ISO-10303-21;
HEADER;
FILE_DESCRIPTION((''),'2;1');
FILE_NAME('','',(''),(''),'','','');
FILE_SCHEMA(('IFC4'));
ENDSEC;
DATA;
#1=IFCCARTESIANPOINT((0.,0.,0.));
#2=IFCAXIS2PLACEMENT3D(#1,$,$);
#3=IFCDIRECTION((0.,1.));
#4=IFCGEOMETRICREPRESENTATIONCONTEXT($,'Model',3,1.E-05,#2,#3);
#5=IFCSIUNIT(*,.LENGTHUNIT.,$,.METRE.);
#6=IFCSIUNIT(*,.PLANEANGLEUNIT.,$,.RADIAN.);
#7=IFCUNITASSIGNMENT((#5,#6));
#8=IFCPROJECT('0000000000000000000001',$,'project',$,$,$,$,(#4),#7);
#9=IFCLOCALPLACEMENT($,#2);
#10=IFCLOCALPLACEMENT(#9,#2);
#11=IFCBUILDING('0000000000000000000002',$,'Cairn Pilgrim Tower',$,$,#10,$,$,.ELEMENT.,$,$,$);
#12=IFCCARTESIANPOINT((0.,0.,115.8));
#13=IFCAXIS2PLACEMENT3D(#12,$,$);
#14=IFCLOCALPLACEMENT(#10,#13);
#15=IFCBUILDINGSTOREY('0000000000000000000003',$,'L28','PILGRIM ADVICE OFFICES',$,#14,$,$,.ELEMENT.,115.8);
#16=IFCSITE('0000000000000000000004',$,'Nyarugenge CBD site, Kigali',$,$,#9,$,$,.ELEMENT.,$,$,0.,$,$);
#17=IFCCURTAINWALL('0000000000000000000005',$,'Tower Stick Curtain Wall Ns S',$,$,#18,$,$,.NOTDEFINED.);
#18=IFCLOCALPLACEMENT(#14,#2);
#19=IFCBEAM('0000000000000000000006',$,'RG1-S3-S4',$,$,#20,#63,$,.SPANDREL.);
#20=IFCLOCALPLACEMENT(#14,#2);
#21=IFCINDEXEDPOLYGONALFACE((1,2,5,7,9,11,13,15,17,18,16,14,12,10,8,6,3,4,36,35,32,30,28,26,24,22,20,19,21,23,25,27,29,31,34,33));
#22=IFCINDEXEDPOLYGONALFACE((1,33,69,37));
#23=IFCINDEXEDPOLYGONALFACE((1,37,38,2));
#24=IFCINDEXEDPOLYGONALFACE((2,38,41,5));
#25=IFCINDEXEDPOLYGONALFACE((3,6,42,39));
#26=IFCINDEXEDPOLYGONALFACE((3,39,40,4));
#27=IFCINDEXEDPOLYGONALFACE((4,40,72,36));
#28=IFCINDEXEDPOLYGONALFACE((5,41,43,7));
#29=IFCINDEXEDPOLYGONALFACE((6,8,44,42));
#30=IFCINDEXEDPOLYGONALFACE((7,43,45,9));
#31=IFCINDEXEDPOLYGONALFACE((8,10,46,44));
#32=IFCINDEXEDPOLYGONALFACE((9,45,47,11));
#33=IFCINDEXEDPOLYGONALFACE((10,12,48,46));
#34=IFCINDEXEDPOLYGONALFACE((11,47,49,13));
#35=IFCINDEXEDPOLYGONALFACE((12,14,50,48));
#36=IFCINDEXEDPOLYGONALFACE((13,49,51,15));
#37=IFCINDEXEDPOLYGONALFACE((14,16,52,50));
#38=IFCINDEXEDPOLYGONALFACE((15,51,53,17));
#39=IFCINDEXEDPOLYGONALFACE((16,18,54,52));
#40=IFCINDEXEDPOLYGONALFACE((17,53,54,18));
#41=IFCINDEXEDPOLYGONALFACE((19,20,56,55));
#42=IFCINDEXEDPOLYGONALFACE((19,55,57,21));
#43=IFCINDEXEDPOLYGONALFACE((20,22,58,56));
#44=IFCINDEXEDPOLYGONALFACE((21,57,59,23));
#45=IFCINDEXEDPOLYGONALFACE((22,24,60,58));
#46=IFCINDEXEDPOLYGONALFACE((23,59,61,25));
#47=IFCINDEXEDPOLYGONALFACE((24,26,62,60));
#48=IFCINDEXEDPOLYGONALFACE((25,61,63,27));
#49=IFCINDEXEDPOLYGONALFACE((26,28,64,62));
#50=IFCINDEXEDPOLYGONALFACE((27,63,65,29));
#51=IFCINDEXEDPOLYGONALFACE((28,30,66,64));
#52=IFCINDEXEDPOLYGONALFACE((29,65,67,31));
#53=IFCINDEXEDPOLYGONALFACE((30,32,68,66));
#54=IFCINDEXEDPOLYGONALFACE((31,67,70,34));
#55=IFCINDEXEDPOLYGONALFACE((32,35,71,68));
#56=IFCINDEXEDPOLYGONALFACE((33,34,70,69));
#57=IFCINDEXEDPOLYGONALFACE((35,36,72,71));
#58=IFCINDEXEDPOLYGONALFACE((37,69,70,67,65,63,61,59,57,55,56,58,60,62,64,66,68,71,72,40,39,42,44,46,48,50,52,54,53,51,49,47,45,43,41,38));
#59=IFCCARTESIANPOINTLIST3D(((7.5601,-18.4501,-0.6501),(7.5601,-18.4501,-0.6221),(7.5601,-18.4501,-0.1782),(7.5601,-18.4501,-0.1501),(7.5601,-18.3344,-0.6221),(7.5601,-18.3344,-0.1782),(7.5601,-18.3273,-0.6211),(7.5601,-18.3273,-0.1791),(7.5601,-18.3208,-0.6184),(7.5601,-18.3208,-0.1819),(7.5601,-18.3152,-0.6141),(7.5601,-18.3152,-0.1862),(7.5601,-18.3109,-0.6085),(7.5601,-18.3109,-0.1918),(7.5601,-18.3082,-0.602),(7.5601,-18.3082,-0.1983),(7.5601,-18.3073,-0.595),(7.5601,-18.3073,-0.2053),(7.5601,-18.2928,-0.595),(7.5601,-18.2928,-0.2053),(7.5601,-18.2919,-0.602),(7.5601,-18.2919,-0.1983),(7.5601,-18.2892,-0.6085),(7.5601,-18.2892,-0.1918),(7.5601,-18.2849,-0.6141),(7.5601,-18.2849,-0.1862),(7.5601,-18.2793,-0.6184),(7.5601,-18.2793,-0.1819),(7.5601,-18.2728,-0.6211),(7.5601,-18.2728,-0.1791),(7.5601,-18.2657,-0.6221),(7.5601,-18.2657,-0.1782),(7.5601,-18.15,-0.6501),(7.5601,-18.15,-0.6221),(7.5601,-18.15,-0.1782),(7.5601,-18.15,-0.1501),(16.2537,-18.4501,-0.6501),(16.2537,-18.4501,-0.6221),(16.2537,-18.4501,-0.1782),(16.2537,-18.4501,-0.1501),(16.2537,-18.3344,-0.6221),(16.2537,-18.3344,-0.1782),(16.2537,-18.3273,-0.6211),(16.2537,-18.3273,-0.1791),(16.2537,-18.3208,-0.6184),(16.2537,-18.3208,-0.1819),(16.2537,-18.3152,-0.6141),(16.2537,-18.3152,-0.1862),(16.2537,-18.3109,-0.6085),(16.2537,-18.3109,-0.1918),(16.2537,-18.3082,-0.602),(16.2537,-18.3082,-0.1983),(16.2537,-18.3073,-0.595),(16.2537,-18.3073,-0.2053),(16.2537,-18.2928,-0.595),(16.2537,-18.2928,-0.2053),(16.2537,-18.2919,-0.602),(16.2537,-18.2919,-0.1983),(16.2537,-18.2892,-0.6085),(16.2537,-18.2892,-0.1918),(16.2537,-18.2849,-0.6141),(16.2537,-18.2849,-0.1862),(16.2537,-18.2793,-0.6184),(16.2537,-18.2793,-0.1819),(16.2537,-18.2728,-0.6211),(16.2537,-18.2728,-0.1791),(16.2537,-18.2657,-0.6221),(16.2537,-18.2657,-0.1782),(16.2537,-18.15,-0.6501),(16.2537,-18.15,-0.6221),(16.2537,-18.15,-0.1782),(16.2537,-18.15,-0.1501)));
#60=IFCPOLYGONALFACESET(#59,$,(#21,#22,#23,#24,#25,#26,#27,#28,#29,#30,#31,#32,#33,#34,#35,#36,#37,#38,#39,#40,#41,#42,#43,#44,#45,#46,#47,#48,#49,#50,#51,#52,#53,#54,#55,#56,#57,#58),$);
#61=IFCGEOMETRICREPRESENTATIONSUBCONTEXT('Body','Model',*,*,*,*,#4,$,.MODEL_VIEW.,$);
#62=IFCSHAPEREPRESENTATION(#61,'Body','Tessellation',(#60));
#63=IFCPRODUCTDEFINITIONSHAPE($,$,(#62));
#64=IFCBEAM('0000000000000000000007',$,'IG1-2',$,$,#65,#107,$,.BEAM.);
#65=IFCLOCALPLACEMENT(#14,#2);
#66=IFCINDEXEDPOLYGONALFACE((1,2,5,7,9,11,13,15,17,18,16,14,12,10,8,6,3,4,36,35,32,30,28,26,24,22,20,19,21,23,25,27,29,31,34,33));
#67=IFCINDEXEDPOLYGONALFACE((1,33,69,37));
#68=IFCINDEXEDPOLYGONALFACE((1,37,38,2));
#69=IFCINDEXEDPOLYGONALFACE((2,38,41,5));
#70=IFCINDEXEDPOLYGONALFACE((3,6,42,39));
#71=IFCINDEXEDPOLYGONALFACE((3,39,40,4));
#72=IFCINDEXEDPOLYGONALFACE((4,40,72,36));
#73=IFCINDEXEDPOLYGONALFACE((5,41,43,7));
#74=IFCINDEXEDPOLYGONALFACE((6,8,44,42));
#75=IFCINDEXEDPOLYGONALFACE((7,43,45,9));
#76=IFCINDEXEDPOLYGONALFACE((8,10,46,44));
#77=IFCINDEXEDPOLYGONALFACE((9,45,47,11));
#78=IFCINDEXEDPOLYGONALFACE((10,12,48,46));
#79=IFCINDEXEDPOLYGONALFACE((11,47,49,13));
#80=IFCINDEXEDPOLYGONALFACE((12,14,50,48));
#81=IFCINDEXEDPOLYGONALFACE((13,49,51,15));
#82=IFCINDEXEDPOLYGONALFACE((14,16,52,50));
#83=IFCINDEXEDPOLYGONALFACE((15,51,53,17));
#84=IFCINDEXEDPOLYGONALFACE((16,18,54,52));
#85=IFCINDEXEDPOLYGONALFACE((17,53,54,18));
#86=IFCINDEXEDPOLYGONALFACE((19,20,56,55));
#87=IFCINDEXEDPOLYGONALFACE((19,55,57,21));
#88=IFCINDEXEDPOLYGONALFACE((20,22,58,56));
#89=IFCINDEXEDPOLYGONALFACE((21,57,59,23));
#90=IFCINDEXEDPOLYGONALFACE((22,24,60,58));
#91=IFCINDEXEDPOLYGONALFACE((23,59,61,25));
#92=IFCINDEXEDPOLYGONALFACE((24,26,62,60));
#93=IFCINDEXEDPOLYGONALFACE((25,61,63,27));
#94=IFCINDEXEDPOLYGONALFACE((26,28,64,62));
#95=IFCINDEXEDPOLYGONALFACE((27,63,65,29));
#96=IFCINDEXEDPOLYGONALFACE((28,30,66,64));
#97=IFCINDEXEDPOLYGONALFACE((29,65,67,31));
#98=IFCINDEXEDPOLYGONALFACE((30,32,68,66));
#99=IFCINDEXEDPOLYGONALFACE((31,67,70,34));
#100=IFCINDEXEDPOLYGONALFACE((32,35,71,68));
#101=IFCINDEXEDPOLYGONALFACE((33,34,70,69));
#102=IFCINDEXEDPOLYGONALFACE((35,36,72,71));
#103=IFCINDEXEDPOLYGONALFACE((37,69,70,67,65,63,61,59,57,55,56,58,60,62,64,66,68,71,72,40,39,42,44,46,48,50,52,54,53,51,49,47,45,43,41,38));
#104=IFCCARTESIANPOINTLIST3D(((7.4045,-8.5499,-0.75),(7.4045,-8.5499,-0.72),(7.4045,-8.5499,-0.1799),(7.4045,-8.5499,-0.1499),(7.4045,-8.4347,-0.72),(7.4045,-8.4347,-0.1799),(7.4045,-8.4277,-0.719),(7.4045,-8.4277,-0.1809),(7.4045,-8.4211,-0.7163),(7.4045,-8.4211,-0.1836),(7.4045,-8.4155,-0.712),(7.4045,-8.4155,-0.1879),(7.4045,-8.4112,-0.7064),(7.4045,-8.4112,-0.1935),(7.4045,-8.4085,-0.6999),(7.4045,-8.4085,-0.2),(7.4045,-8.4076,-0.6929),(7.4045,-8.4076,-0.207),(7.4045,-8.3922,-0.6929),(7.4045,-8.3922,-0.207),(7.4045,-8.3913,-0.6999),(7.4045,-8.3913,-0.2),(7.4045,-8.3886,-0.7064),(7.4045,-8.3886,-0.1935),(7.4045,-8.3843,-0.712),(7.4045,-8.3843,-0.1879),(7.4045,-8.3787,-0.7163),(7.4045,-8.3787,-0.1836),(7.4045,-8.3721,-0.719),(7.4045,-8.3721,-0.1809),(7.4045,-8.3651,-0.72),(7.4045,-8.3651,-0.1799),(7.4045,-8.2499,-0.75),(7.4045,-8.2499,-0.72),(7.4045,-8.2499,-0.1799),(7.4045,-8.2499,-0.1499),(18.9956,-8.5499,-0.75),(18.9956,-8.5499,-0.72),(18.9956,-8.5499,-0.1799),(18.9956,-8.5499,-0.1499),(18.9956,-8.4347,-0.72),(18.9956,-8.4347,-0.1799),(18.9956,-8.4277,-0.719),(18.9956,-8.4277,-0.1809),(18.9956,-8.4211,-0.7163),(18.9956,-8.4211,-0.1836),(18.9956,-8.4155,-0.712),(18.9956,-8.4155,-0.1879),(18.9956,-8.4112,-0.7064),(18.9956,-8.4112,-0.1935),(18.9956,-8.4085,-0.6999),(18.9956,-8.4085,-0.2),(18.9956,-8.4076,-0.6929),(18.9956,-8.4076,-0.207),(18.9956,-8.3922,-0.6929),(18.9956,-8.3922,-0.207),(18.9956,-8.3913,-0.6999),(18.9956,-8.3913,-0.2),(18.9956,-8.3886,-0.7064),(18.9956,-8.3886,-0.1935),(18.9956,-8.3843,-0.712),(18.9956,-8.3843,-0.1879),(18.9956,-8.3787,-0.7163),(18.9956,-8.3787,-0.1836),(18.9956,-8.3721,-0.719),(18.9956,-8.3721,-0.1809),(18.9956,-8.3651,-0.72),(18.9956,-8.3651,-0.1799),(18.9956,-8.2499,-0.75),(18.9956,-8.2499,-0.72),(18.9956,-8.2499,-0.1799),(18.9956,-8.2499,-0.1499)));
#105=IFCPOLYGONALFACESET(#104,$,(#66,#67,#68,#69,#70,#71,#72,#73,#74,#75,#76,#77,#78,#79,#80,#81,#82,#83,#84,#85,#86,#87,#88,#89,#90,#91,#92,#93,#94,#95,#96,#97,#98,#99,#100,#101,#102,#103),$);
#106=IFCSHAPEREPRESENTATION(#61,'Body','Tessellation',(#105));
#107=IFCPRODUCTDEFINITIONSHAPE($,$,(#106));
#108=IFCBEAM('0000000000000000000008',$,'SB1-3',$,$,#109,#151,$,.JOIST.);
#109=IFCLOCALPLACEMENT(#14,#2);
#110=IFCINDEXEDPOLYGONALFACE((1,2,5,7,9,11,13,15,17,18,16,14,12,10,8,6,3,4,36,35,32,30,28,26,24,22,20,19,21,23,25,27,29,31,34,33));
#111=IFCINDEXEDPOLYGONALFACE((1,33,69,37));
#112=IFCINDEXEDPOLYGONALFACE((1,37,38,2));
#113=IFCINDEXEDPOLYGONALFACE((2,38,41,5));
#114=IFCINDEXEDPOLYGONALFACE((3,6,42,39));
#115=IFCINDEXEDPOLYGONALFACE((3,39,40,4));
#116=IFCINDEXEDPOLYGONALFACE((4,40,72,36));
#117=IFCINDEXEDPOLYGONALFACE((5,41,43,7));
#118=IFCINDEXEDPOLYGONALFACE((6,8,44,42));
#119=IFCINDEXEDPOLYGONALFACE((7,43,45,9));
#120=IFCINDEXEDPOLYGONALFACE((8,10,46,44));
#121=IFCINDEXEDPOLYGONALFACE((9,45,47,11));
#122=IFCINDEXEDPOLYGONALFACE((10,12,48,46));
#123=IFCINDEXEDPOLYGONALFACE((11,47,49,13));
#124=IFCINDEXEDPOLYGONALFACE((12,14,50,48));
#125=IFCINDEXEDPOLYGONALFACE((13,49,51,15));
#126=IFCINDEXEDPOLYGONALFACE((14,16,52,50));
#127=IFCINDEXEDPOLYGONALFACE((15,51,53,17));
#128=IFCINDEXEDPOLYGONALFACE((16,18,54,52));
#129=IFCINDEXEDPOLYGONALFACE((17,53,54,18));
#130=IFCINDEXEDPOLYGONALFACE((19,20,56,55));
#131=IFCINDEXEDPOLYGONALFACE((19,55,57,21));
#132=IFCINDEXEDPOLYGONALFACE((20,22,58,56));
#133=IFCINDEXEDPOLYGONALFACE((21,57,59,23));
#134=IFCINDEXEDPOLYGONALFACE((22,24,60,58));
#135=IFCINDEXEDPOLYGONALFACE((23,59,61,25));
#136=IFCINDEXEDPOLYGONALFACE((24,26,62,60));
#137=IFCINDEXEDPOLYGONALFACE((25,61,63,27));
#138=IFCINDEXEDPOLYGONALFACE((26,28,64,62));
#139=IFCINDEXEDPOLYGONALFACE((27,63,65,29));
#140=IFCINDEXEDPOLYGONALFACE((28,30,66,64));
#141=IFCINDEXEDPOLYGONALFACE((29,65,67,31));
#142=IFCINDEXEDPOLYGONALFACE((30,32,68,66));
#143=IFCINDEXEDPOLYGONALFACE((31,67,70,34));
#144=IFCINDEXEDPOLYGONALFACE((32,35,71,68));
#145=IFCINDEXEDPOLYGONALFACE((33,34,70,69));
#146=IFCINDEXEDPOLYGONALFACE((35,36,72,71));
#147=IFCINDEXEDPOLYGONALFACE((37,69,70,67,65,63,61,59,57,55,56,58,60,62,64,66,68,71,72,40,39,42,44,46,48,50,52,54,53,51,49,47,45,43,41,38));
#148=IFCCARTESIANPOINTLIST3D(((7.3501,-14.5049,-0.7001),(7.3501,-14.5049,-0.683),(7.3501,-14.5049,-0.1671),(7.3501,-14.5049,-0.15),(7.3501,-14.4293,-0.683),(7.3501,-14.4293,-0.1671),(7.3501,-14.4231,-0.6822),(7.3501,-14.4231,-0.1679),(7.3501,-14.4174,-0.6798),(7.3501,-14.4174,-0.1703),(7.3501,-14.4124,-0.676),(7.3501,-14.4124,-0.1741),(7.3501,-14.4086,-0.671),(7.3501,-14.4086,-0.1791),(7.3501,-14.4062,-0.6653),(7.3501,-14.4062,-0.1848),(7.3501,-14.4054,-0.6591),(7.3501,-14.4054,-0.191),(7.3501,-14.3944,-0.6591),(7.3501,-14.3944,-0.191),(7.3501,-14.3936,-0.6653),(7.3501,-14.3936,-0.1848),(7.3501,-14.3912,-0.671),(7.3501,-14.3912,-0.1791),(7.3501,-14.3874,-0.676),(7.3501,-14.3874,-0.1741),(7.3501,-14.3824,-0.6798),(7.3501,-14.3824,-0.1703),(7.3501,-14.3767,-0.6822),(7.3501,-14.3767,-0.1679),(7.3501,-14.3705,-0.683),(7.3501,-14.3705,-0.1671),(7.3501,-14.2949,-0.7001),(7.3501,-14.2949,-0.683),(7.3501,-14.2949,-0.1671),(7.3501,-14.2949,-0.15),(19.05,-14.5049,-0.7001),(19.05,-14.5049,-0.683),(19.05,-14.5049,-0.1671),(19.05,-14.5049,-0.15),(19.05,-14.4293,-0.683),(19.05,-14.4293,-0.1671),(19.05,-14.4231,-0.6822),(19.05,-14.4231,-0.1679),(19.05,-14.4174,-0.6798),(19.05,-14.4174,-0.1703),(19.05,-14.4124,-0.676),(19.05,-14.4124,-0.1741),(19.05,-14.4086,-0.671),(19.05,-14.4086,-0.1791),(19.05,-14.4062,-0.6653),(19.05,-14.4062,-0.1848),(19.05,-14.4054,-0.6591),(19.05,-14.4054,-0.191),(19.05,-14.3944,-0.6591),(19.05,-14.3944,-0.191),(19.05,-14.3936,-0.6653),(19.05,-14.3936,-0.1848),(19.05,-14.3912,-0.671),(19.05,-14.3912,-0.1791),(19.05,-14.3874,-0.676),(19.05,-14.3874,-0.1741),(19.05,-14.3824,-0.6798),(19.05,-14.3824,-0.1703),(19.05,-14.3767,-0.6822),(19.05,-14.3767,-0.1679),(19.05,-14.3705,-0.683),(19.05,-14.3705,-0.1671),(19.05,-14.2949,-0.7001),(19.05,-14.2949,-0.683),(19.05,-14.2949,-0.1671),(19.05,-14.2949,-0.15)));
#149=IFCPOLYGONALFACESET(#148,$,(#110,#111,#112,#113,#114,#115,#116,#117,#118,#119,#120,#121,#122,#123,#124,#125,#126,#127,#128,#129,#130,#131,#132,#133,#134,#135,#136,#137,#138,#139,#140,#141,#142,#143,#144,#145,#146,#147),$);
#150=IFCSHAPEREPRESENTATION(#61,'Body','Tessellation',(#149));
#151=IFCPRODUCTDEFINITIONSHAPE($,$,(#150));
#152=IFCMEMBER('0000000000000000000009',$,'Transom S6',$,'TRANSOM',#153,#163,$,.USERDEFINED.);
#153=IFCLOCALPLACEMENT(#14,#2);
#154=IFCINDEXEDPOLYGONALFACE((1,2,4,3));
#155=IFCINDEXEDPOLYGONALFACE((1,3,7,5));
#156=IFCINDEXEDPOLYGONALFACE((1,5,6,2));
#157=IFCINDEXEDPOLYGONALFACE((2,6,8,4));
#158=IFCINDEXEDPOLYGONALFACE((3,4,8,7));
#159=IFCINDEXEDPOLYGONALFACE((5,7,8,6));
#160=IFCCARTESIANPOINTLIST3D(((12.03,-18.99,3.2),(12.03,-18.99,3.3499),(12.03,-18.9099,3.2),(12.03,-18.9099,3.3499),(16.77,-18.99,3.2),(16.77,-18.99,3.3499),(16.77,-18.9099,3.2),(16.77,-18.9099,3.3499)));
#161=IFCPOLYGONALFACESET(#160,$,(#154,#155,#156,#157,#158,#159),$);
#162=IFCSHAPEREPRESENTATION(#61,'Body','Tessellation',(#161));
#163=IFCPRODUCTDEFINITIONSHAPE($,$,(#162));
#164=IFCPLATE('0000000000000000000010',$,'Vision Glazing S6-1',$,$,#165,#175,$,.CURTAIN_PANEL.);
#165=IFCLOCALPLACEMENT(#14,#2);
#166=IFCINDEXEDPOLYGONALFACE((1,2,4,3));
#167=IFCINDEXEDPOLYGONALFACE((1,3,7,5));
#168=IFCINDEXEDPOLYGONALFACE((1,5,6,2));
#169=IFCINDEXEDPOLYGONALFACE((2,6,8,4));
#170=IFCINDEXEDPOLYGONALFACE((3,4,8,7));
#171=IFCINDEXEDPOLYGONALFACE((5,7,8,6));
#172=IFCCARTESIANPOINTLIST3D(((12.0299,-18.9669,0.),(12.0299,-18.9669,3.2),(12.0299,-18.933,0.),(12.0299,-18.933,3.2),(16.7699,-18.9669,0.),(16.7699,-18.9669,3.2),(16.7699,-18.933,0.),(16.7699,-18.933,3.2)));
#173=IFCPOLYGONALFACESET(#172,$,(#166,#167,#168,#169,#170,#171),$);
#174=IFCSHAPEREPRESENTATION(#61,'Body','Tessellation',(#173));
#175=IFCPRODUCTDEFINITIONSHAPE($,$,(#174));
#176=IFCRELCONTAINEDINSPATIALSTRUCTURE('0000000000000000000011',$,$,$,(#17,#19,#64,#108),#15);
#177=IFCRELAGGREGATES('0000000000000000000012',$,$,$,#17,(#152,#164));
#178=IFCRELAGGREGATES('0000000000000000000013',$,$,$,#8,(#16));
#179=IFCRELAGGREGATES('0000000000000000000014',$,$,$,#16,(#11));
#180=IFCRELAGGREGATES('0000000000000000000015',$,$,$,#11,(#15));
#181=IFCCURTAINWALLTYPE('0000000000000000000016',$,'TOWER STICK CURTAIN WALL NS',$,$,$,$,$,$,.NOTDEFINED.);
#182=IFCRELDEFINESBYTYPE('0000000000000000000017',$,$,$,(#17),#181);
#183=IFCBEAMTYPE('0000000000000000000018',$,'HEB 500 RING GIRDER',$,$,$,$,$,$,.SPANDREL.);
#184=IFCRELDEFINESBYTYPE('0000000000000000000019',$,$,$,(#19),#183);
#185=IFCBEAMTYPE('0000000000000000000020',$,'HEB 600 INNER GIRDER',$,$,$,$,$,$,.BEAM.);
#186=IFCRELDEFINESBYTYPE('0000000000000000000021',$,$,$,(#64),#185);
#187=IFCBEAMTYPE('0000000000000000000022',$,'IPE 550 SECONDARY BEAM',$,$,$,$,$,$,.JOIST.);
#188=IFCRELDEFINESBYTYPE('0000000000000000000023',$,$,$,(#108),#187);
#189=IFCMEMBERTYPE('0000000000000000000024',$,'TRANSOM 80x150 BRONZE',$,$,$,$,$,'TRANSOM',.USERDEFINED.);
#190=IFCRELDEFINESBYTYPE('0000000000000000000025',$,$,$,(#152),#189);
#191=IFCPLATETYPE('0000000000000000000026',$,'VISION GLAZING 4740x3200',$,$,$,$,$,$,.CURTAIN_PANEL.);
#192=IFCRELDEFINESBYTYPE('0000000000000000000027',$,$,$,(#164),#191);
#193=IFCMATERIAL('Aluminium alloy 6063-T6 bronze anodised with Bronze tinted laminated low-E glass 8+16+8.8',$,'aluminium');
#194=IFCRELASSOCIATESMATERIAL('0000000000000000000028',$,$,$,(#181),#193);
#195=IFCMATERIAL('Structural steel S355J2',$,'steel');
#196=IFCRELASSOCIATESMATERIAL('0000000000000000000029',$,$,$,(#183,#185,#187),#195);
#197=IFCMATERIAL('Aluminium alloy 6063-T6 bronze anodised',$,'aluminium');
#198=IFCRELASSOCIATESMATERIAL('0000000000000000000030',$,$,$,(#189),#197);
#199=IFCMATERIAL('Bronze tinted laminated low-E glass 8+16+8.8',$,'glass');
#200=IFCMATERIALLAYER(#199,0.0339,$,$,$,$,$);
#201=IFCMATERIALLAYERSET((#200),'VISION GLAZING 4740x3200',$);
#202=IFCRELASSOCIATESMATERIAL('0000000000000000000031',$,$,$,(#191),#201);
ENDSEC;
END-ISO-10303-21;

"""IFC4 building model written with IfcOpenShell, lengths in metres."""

from ifc_helpers import new_model, si_unit, direction, frame, origin, origin_2d, place, context, subcontext, project, spatial, rectangle, i_section, extrude, material, layer, layer_set, material_profile, profile_set, type_object, element, aggregate, save


model = new_model("IFC4")

# Units and contexts
model_context = context("Model", 3, precision=1e-05, world=origin(), true_north=direction((0.0, 1.0)))
body_context = subcontext(model_context, "Body", "Model", "MODEL_VIEW")
ifc_project = project(units=[si_unit("LENGTHUNIT", "METRE"), si_unit("PLANEANGLEUNIT", "RADIAN")], contexts=[model_context])

# Site, building, storey
site_placement = place(None, origin())
site = spatial("IfcSite", under=ifc_project, at=site_placement, Name="Nyarugenge CBD site, Kigali", CompositionType="ELEMENT", RefElevation=0.0)
building_placement = place(site_placement, origin())
building = spatial("IfcBuilding", under=site, at=building_placement, Name="Cairn Pilgrim Tower", CompositionType="ELEMENT")
storey_placement = place(building_placement, frame((0.0, 0.0, 115.8)))
storey = spatial("IfcBuildingStorey", under=building, at=storey_placement, Name="L28", Description="PILGRIM ADVICE OFFICES", CompositionType="ELEMENT", Elevation=115.8)

# Curtain wall
ifc_material_1 = material(Name="Aluminium alloy 6063-T6 bronze anodised with Bronze tinted laminated low-E glass 8+16+8.8", Category="aluminium")
curtain_wall_type = type_object("IfcCurtainWallType", Name="TOWER STICK CURTAIN WALL NS", PredefinedType="NOTDEFINED", material=ifc_material_1)
curtain_wall_placement = place(storey_placement, origin())
curtain_wall = element("IfcCurtainWall", 1, at=curtain_wall_placement, inside=storey, type_object=curtain_wall_type, Name="Tower Stick Curtain Wall Ns S", PredefinedType="NOTDEFINED")
ifc_material_2 = material(Name="Aluminium alloy 6063-T6 bronze anodised", Category="aluminium")

# Beams
ifc_material_3 = material(Name="Structural steel S355J2", Category="steel")
ifc_material_profile_1 = material_profile(ifc_material_3, i_section(OverallWidth=0.3, OverallDepth=0.5, WebThickness=0.0144, FlangeThickness=0.0281, FilletRadius=0.0271, at=origin_2d()), Name="HEB 500")
ifc_profile_set_1 = profile_set([ifc_material_profile_1], Name="Structural steel S355J2")
beam_type_1 = type_object("IfcBeamType", Name="HEB 500 RING GIRDER", PredefinedType="SPANDREL", material=ifc_profile_set_1)
beam_1_placement = place(storey_placement, frame((7.5601, -18.3, -0.4001), z_axis=(1.0, 0.0, 0.0), x_axis=(0.0, 1.0, 0.0)))
element("IfcBeam", 2, at=beam_1_placement, inside=storey, type_object=beam_type_1, Name="RG1-S3-S4", PredefinedType="SPANDREL", context=body_context, shape_type="SweptSolid", body=[
    extrude(i_section(OverallWidth=0.3, OverallDepth=0.5, WebThickness=0.0144, FlangeThickness=0.0281, FilletRadius=0.0271, at=origin_2d()), origin(), (0.0, 0.0, 1.0), 8.6936),
])
ifc_material_profile_2 = material_profile(ifc_material_3, i_section(OverallWidth=0.3, OverallDepth=0.6001, WebThickness=0.0154, FlangeThickness=0.03, FilletRadius=0.0271, at=origin_2d()), Name="HEB 600")
ifc_profile_set_2 = profile_set([ifc_material_profile_2], Name="Structural steel S355J2")
beam_type_2 = type_object("IfcBeamType", Name="HEB 600 INNER GIRDER", PredefinedType="BEAM", material=ifc_profile_set_2)
beam_2_placement = place(storey_placement, frame((7.4045, -8.3999, -0.45), z_axis=(1.0, 0.0, 0.0), x_axis=(0.0, 1.0, 0.0)))
element("IfcBeam", 3, at=beam_2_placement, inside=storey, type_object=beam_type_2, Name="IG1-2", PredefinedType="BEAM", context=body_context, shape_type="SweptSolid", body=[
    extrude(i_section(OverallWidth=0.3, OverallDepth=0.6001, WebThickness=0.0154, FlangeThickness=0.03, FilletRadius=0.0271, at=origin_2d()), origin(), (0.0, 0.0, 1.0), 11.5911),
])
ifc_material_profile_3 = material_profile(ifc_material_3, i_section(OverallWidth=0.21, OverallDepth=0.55, WebThickness=0.011, FlangeThickness=0.0171, FilletRadius=0.0239, at=origin_2d()), Name="IPE 550")
ifc_profile_set_3 = profile_set([ifc_material_profile_3], Name="Structural steel S355J2")
beam_type_3 = type_object("IfcBeamType", Name="IPE 550 SECONDARY BEAM", PredefinedType="JOIST", material=ifc_profile_set_3)
beam_3_placement = place(storey_placement, frame((7.3501, -14.3999, -0.425), z_axis=(1.0, 0.0, 0.0), x_axis=(0.0, 1.0, 0.0)))
element("IfcBeam", 4, at=beam_3_placement, inside=storey, type_object=beam_type_3, Name="SB1-3", PredefinedType="JOIST", context=body_context, shape_type="SweptSolid", body=[
    extrude(i_section(OverallWidth=0.21, OverallDepth=0.55, WebThickness=0.011, FlangeThickness=0.0171, FilletRadius=0.0239, at=origin_2d()), origin(), (0.0, 0.0, 1.0), 11.7),
])

# Member
ifc_material_profile_4 = material_profile(ifc_material_2, rectangle(XDim=0.0801, YDim=0.1499, at=origin_2d()), Name="TRANSOM 80x150 BRONZE")
ifc_profile_set_4 = profile_set([ifc_material_profile_4], Name="Aluminium alloy 6063-T6 bronze anodised")
member_type_1 = type_object("IfcMemberType", Name="TRANSOM 80x150 BRONZE", ElementType="TRANSOM", PredefinedType="USERDEFINED", material=ifc_profile_set_4)
member_1_placement = place(storey_placement, frame((12.03, -18.95, 3.2749), z_axis=(1.0, 0.0, 0.0), x_axis=(0.0, 1.0, 0.0)))
member_1 = element("IfcMember", 5, at=member_1_placement, type_object=member_type_1, Name="Transom S6", ObjectType="TRANSOM", PredefinedType="USERDEFINED", context=body_context, shape_type="SweptSolid", body=[
    extrude(rectangle(XDim=0.0801, YDim=0.1499, at=origin_2d()), origin(), (0.0, 0.0, 1.0), 4.74),
])

# Plate
ifc_material_4 = material(Name="Bronze tinted laminated low-E glass 8+16+8.8", Category="glass")
ifc_layer_1 = layer(ifc_material_4, 0.0339)
ifc_layer_set_1 = layer_set([ifc_layer_1], Name="VISION GLAZING 4740x3200")
plate_type = type_object("IfcPlateType", Name="VISION GLAZING 4740x3200", PredefinedType="CURTAIN_PANEL", material=ifc_layer_set_1)
plate_placement = place(storey_placement, frame((14.3999, -18.95, 0.0), z_axis=(0.0, 0.0, 1.0), x_axis=(1.0, 0.0, 0.0)))
plate = element("IfcPlate", 6, at=plate_placement, type_object=plate_type, Name="Vision Glazing S6-1", PredefinedType="CURTAIN_PANEL", context=body_context, shape_type="SweptSolid", body=[
    extrude(rectangle(XDim=4.74, YDim=0.0339, at=origin_2d()), origin(), (0.0, 0.0, 1.0), 3.2),
])
aggregate(curtain_wall, [member_1, plate])

save(model, "model.ifc")
